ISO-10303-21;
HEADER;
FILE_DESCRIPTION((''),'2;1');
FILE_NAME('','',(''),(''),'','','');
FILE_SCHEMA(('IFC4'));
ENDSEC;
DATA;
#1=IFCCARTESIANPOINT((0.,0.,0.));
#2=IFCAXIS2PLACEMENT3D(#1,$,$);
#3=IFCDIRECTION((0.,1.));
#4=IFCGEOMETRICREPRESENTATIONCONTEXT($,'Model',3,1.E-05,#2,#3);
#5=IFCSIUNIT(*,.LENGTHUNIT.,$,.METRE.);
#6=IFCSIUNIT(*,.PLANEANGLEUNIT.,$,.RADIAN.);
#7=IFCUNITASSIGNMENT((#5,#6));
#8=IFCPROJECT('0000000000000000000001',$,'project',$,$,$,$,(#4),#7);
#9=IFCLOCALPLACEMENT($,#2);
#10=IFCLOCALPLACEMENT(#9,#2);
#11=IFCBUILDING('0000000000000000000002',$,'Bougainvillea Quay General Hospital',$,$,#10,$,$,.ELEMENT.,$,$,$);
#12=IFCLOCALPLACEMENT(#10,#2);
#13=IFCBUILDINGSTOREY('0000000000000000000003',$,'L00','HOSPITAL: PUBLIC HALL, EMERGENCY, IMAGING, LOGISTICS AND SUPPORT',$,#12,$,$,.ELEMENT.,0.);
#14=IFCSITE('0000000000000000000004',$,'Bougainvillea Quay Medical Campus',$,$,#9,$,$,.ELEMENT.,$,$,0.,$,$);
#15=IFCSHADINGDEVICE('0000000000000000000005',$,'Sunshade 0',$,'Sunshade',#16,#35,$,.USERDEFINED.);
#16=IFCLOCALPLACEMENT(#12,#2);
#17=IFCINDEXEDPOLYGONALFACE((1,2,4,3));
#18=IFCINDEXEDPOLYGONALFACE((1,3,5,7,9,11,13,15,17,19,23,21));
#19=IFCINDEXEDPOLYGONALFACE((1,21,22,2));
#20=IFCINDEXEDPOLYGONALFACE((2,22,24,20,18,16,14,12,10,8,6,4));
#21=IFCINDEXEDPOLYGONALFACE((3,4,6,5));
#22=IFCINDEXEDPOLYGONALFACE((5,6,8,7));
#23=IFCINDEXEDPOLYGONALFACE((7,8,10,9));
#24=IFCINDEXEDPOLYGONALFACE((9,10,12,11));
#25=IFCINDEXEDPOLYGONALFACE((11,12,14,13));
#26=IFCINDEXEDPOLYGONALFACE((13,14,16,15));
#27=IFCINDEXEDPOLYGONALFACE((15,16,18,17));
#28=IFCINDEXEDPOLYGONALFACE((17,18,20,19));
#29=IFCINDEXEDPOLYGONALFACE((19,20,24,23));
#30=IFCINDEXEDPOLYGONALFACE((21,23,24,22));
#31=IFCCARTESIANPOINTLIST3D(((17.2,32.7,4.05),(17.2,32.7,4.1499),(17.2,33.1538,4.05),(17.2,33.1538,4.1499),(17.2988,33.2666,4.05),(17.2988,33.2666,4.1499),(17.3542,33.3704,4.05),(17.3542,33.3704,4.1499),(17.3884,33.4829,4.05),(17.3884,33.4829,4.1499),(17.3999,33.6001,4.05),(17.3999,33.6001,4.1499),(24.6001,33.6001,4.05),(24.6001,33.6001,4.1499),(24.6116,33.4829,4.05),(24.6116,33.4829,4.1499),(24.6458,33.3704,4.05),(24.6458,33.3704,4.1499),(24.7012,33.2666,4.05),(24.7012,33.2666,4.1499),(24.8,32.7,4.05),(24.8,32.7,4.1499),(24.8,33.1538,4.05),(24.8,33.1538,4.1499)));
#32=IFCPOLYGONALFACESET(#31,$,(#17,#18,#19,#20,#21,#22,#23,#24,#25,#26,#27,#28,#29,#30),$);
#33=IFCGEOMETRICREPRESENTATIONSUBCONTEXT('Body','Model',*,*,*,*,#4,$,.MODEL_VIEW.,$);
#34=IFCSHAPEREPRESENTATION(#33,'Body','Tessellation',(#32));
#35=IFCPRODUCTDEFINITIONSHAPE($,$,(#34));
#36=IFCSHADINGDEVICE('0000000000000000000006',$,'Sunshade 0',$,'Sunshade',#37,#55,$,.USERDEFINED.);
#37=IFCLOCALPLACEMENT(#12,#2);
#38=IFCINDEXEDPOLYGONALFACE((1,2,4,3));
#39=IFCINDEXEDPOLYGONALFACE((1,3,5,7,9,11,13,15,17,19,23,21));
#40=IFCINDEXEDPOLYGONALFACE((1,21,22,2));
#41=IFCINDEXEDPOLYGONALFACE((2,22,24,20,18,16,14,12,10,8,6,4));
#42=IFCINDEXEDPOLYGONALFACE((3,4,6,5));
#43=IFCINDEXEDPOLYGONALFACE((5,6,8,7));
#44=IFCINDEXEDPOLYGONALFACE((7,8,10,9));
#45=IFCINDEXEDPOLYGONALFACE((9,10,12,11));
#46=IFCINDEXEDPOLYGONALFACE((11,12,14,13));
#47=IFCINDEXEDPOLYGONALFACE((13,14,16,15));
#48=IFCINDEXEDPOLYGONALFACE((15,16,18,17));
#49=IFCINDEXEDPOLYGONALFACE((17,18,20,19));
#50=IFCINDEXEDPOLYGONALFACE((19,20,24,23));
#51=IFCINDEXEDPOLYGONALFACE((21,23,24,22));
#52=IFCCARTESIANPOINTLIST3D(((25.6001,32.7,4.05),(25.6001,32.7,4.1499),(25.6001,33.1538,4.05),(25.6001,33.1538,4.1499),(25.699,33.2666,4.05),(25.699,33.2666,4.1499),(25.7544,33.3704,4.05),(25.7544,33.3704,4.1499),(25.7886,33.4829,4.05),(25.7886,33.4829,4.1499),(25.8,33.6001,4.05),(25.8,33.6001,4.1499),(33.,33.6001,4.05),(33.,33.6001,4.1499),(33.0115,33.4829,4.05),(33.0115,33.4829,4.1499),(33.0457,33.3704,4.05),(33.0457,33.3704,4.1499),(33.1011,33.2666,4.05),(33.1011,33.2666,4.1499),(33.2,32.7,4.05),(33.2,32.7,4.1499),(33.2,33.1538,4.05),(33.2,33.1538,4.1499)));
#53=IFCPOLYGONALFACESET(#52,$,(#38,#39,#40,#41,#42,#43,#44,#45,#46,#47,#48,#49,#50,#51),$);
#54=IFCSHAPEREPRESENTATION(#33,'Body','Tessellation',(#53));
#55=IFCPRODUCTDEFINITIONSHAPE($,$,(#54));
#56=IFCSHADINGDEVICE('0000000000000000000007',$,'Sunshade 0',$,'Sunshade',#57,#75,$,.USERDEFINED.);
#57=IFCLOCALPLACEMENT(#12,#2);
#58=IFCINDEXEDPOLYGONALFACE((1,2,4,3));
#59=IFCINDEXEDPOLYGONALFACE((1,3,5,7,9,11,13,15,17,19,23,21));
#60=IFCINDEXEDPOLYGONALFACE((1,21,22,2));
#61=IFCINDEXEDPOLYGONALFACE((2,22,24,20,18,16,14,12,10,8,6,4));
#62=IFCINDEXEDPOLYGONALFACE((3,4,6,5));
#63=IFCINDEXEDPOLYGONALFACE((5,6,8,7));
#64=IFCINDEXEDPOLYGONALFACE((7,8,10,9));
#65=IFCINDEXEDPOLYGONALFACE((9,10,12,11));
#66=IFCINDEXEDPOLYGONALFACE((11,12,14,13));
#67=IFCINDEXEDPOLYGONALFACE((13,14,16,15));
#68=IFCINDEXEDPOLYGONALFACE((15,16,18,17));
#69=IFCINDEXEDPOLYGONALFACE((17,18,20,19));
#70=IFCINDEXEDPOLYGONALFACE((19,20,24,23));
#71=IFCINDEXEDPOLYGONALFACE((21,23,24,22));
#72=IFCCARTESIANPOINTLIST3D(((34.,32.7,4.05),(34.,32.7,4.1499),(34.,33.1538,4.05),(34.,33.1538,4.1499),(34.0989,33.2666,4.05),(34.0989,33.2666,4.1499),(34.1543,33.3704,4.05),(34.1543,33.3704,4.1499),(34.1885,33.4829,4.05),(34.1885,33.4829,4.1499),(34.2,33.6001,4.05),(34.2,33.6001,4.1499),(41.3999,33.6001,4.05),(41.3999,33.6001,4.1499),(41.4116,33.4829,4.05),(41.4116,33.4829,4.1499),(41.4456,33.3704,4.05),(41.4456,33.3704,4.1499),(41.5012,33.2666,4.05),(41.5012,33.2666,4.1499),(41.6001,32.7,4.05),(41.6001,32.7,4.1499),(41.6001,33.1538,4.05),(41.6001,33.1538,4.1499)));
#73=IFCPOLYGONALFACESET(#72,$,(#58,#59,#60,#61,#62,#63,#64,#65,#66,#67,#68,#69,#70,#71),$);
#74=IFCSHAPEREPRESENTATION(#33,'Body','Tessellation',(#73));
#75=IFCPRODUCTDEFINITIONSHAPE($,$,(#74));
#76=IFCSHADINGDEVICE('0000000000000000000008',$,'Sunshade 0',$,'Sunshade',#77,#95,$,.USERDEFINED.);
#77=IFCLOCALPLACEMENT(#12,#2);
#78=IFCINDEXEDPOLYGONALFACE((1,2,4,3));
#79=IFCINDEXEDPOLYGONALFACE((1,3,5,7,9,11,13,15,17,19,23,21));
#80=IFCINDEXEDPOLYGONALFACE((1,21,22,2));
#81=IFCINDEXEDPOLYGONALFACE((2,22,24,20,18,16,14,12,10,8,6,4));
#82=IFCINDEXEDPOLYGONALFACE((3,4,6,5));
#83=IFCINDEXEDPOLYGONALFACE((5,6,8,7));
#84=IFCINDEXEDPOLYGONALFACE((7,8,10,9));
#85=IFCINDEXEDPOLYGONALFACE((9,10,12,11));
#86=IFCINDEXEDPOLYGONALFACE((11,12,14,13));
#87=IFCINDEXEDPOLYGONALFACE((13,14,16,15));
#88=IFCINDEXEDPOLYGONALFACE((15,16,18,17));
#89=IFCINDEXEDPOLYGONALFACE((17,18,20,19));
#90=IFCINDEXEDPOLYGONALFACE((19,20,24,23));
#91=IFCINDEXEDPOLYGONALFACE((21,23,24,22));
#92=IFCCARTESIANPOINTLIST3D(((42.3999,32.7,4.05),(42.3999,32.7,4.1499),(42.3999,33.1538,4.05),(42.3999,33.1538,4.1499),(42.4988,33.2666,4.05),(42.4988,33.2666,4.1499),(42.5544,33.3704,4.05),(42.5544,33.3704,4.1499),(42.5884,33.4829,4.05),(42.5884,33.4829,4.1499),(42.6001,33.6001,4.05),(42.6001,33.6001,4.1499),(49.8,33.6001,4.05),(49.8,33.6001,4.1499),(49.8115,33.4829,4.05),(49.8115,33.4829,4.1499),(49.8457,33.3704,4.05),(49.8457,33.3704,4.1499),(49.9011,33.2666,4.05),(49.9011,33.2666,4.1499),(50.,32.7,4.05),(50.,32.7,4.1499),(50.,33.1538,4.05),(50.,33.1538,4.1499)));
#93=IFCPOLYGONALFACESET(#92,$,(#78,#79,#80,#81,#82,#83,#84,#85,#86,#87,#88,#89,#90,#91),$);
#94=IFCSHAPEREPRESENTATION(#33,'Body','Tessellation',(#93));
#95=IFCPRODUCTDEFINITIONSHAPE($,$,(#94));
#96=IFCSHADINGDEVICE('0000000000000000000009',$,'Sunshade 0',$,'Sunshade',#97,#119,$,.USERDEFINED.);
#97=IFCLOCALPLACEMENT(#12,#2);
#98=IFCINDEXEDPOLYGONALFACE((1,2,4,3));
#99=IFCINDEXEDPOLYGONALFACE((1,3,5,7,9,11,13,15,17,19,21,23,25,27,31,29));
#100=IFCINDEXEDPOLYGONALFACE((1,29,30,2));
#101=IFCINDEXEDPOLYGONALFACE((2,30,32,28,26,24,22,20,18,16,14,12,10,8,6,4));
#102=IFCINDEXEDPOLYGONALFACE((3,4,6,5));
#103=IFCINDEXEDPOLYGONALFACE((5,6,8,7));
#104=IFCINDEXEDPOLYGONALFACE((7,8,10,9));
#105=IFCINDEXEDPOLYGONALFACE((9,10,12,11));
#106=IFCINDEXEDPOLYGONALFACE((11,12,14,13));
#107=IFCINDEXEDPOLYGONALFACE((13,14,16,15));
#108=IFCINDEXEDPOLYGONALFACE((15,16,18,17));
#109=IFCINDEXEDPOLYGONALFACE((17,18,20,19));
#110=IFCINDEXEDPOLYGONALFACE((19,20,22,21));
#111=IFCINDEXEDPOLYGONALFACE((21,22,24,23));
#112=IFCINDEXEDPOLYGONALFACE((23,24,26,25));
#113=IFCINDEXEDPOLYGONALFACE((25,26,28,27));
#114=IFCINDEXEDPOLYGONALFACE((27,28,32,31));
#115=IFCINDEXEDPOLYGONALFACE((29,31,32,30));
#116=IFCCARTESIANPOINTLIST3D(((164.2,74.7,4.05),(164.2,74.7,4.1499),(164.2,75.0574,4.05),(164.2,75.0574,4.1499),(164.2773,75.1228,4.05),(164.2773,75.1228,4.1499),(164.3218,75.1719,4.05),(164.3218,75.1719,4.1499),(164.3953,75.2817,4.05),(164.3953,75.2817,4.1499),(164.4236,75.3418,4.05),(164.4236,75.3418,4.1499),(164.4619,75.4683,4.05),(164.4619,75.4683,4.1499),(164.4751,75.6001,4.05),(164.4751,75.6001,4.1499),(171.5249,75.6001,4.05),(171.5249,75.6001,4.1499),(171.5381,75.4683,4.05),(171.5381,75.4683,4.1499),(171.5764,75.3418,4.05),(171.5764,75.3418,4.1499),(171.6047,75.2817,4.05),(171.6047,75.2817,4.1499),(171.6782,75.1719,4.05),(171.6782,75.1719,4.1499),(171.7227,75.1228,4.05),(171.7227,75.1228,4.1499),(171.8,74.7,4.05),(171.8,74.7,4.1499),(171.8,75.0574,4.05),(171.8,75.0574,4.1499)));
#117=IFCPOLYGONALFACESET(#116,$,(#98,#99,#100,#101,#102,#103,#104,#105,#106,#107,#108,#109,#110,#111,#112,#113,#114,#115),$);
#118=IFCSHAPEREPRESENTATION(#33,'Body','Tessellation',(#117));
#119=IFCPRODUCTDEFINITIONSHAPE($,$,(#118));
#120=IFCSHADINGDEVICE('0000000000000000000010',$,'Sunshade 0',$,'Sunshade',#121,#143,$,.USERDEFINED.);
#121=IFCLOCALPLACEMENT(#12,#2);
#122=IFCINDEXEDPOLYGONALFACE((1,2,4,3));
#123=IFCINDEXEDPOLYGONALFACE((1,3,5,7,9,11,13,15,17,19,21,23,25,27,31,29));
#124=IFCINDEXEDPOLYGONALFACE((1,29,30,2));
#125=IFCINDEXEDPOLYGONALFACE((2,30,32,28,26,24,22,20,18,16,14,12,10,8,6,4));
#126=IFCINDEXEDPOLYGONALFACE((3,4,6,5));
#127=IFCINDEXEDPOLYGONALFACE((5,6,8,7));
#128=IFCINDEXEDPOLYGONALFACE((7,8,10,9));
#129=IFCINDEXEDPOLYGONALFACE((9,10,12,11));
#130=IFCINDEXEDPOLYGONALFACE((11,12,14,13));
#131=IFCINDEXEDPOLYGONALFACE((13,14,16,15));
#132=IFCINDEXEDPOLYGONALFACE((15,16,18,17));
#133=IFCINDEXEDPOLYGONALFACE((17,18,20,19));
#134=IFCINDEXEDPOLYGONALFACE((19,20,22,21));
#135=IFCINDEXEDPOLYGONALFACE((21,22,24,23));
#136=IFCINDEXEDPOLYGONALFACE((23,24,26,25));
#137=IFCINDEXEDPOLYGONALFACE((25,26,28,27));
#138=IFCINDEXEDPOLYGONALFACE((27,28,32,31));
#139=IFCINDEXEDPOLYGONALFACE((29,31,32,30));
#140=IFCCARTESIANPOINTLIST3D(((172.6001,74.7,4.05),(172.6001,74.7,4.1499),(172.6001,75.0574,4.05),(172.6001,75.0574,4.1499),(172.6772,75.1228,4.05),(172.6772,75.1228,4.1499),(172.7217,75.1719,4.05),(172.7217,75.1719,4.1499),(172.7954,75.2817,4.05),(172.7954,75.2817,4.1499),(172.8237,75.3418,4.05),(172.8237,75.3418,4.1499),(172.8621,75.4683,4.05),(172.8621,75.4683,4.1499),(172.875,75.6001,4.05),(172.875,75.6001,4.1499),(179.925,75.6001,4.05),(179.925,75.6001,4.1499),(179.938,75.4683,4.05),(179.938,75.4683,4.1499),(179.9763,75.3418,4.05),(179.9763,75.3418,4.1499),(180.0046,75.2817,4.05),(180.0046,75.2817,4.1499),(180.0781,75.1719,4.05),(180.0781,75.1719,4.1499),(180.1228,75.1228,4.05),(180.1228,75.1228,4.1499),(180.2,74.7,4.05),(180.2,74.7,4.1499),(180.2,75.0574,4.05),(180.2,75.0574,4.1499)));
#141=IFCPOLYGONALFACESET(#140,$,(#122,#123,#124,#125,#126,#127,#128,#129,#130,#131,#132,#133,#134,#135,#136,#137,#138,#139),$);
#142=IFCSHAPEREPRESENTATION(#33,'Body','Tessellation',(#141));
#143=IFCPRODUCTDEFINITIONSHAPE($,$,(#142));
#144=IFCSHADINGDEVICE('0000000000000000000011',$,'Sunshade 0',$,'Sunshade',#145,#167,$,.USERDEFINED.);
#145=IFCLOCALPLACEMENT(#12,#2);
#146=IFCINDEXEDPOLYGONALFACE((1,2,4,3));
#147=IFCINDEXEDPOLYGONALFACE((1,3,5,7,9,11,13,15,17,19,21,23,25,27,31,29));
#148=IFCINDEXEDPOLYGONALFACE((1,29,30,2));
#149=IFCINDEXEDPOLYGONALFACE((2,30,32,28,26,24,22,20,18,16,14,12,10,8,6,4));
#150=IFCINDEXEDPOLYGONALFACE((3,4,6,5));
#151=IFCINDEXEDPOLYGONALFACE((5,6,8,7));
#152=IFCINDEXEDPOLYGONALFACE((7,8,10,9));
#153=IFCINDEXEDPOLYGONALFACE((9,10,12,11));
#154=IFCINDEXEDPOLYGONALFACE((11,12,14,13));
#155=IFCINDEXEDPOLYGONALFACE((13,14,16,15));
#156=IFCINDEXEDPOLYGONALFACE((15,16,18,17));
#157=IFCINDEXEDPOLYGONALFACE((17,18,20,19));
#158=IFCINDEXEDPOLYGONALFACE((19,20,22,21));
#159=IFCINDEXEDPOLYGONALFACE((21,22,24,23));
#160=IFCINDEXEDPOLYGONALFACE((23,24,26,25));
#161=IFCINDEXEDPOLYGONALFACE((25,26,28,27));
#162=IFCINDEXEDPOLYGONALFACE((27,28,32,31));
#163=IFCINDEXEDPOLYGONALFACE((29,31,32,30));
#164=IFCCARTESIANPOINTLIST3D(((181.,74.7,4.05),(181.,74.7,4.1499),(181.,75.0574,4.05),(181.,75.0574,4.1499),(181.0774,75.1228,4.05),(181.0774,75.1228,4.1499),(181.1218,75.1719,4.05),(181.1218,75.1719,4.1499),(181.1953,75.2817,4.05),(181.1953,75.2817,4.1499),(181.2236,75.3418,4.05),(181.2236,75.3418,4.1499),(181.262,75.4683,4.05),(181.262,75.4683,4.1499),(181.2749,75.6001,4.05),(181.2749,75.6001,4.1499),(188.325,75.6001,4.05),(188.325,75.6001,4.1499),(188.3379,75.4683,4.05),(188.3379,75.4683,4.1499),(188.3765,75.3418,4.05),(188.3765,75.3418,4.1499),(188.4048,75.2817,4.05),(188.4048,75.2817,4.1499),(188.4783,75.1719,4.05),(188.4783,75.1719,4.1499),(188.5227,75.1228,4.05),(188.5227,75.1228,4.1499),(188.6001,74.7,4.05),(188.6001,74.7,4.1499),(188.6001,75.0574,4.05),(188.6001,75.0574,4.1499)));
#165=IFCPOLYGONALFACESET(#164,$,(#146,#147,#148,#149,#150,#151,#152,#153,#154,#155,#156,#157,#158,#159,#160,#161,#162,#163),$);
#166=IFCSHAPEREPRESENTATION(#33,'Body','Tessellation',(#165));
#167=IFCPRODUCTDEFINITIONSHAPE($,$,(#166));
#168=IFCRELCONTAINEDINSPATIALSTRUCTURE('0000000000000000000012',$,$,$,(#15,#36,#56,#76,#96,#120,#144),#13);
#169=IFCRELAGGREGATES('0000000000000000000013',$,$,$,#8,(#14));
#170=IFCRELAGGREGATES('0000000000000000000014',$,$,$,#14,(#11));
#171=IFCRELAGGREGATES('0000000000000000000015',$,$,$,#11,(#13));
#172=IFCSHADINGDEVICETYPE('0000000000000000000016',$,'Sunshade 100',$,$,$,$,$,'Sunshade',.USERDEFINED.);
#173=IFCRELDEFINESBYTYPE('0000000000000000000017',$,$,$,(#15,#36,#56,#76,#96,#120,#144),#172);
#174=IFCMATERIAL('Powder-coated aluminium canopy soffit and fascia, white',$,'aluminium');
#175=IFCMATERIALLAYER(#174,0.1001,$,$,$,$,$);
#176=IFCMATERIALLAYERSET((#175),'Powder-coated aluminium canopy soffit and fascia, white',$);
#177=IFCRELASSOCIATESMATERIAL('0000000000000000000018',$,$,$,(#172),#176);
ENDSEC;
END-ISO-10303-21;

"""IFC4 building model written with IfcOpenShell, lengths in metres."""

from ifc_helpers import new_model, si_unit, direction, frame, origin, place, context, subcontext, project, spatial, polyline, outline, extrude, material, layer, layer_set, type_object, element, save


model = new_model("IFC4")

# Units and contexts
model_context = context("Model", 3, precision=1e-05, world=origin(), true_north=direction((0.0, 1.0)))
body_context = subcontext(model_context, "Body", "Model", "MODEL_VIEW")
ifc_project = project(units=[si_unit("LENGTHUNIT", "METRE"), si_unit("PLANEANGLEUNIT", "RADIAN")], contexts=[model_context])

# Site, building, storey
site_placement = place(None, origin())
site = spatial("IfcSite", under=ifc_project, at=site_placement, Name="Bougainvillea Quay Medical Campus", CompositionType="ELEMENT", RefElevation=0.0)
building_placement = place(site_placement, origin())
building = spatial("IfcBuilding", under=site, at=building_placement, Name="Bougainvillea Quay General Hospital", CompositionType="ELEMENT")
storey_placement = place(building_placement, origin())
storey = spatial("IfcBuildingStorey", under=building, at=storey_placement, Name="L00", Description="HOSPITAL: PUBLIC HALL, EMERGENCY, IMAGING, LOGISTICS AND SUPPORT", CompositionType="ELEMENT", Elevation=0.0)

# Shading devices
ifc_material_1 = material(Name="Powder-coated aluminium canopy soffit and fascia, white", Category="aluminium")
ifc_layer_1 = layer(ifc_material_1, 0.1001)
ifc_layer_set_1 = layer_set([ifc_layer_1], Name="Powder-coated aluminium canopy soffit and fascia, white")
shading_device_type = type_object("IfcShadingDeviceType", Name="Sunshade 100", ElementType="Sunshade", PredefinedType="USERDEFINED", material=ifc_layer_set_1)
shading_device_1_placement = place(storey_placement, frame((0.0, 0.0, 4.05)))
element("IfcShadingDevice", 1, at=shading_device_1_placement, inside=storey, type_object=shading_device_type, Name="Sunshade 0", ObjectType="Sunshade", PredefinedType="USERDEFINED", context=body_context, shape_type="SweptSolid", body=[
    extrude(outline(polyline([(24.6001, 33.6001), (17.3999, 33.6001), (17.3884, 33.4829), (17.3542, 33.3704), (17.2988, 33.2666), (17.2, 33.1538), (17.2, 32.7), (24.8, 32.7), (24.8, 33.1538), (24.7012, 33.2666), (24.6458, 33.3704), (24.6116, 33.4829), (24.6001, 33.6001)])), origin(), (0.0, 0.0, 1.0), 0.0999),
])
shading_device_2_placement = place(storey_placement, frame((0.0, 0.0, 4.05)))
element("IfcShadingDevice", 2, at=shading_device_2_placement, inside=storey, type_object=shading_device_type, Name="Sunshade 0", ObjectType="Sunshade", PredefinedType="USERDEFINED", context=body_context, shape_type="SweptSolid", body=[
    extrude(outline(polyline([(33.0, 33.6001), (25.8, 33.6001), (25.7886, 33.4829), (25.7544, 33.3704), (25.699, 33.2666), (25.6001, 33.1538), (25.6001, 32.7), (33.2, 32.7), (33.2, 33.1538), (33.1011, 33.2666), (33.0457, 33.3704), (33.0115, 33.4829), (33.0, 33.6001)])), origin(), (0.0, 0.0, 1.0), 0.0999),
])
shading_device_3_placement = place(storey_placement, frame((0.0, 0.0, 4.05)))
element("IfcShadingDevice", 3, at=shading_device_3_placement, inside=storey, type_object=shading_device_type, Name="Sunshade 0", ObjectType="Sunshade", PredefinedType="USERDEFINED", context=body_context, shape_type="SweptSolid", body=[
    extrude(outline(polyline([(41.3999, 33.6001), (34.2, 33.6001), (34.1885, 33.4829), (34.1543, 33.3704), (34.0989, 33.2666), (34.0, 33.1538), (34.0, 32.7), (41.6001, 32.7), (41.6001, 33.1538), (41.5012, 33.2666), (41.4456, 33.3704), (41.4116, 33.4829), (41.3999, 33.6001)])), origin(), (0.0, 0.0, 1.0), 0.0999),
])
shading_device_4_placement = place(storey_placement, frame((0.0, 0.0, 4.05)))
element("IfcShadingDevice", 4, at=shading_device_4_placement, inside=storey, type_object=shading_device_type, Name="Sunshade 0", ObjectType="Sunshade", PredefinedType="USERDEFINED", context=body_context, shape_type="SweptSolid", body=[
    extrude(outline(polyline([(49.8, 33.6001), (42.6001, 33.6001), (42.5884, 33.4829), (42.5544, 33.3704), (42.4988, 33.2666), (42.3999, 33.1538), (42.3999, 32.7), (50.0, 32.7), (50.0, 33.1538), (49.9011, 33.2666), (49.8457, 33.3704), (49.8115, 33.4829), (49.8, 33.6001)])), origin(), (0.0, 0.0, 1.0), 0.0999),
])
shading_device_5_placement = place(storey_placement, frame((0.0, 0.0, 4.05)))
element("IfcShadingDevice", 5, at=shading_device_5_placement, inside=storey, type_object=shading_device_type, Name="Sunshade 0", ObjectType="Sunshade", PredefinedType="USERDEFINED", context=body_context, shape_type="SweptSolid", body=[
    extrude(outline(polyline([(171.5249, 75.6001), (164.4751, 75.6001), (164.4619, 75.4683), (164.4236, 75.3418), (164.3953, 75.2817), (164.3218, 75.1719), (164.2773, 75.1228), (164.2, 75.0574), (164.2, 74.7), (171.8, 74.7), (171.8, 75.0574), (171.7227, 75.1228), (171.6782, 75.1719), (171.6047, 75.2817), (171.5764, 75.3418), (171.5381, 75.4683), (171.5249, 75.6001)])), origin(), (0.0, 0.0, 1.0), 0.0999),
])
shading_device_6_placement = place(storey_placement, frame((0.0, 0.0, 4.05)))
element("IfcShadingDevice", 6, at=shading_device_6_placement, inside=storey, type_object=shading_device_type, Name="Sunshade 0", ObjectType="Sunshade", PredefinedType="USERDEFINED", context=body_context, shape_type="SweptSolid", body=[
    extrude(outline(polyline([(179.925, 75.6001), (172.875, 75.6001), (172.8621, 75.4683), (172.8237, 75.3418), (172.7954, 75.2817), (172.7217, 75.1719), (172.6772, 75.1228), (172.6001, 75.0574), (172.6001, 74.7), (180.2, 74.7), (180.2, 75.0574), (180.1228, 75.1228), (180.0781, 75.1719), (180.0046, 75.2817), (179.9763, 75.3418), (179.938, 75.4683), (179.925, 75.6001)])), origin(), (0.0, 0.0, 1.0), 0.0999),
])
shading_device_7_placement = place(storey_placement, frame((0.0, 0.0, 4.05)))
element("IfcShadingDevice", 7, at=shading_device_7_placement, inside=storey, type_object=shading_device_type, Name="Sunshade 0", ObjectType="Sunshade", PredefinedType="USERDEFINED", context=body_context, shape_type="SweptSolid", body=[
    extrude(outline(polyline([(188.325, 75.6001), (181.2749, 75.6001), (181.262, 75.4683), (181.2236, 75.3418), (181.1953, 75.2817), (181.1218, 75.1719), (181.0774, 75.1228), (181.0, 75.0574), (181.0, 74.7), (188.6001, 74.7), (188.6001, 75.0574), (188.5227, 75.1228), (188.4783, 75.1719), (188.4048, 75.2817), (188.3765, 75.3418), (188.3379, 75.4683), (188.325, 75.6001)])), origin(), (0.0, 0.0, 1.0), 0.0999),
])

save(model, "model.ifc")
